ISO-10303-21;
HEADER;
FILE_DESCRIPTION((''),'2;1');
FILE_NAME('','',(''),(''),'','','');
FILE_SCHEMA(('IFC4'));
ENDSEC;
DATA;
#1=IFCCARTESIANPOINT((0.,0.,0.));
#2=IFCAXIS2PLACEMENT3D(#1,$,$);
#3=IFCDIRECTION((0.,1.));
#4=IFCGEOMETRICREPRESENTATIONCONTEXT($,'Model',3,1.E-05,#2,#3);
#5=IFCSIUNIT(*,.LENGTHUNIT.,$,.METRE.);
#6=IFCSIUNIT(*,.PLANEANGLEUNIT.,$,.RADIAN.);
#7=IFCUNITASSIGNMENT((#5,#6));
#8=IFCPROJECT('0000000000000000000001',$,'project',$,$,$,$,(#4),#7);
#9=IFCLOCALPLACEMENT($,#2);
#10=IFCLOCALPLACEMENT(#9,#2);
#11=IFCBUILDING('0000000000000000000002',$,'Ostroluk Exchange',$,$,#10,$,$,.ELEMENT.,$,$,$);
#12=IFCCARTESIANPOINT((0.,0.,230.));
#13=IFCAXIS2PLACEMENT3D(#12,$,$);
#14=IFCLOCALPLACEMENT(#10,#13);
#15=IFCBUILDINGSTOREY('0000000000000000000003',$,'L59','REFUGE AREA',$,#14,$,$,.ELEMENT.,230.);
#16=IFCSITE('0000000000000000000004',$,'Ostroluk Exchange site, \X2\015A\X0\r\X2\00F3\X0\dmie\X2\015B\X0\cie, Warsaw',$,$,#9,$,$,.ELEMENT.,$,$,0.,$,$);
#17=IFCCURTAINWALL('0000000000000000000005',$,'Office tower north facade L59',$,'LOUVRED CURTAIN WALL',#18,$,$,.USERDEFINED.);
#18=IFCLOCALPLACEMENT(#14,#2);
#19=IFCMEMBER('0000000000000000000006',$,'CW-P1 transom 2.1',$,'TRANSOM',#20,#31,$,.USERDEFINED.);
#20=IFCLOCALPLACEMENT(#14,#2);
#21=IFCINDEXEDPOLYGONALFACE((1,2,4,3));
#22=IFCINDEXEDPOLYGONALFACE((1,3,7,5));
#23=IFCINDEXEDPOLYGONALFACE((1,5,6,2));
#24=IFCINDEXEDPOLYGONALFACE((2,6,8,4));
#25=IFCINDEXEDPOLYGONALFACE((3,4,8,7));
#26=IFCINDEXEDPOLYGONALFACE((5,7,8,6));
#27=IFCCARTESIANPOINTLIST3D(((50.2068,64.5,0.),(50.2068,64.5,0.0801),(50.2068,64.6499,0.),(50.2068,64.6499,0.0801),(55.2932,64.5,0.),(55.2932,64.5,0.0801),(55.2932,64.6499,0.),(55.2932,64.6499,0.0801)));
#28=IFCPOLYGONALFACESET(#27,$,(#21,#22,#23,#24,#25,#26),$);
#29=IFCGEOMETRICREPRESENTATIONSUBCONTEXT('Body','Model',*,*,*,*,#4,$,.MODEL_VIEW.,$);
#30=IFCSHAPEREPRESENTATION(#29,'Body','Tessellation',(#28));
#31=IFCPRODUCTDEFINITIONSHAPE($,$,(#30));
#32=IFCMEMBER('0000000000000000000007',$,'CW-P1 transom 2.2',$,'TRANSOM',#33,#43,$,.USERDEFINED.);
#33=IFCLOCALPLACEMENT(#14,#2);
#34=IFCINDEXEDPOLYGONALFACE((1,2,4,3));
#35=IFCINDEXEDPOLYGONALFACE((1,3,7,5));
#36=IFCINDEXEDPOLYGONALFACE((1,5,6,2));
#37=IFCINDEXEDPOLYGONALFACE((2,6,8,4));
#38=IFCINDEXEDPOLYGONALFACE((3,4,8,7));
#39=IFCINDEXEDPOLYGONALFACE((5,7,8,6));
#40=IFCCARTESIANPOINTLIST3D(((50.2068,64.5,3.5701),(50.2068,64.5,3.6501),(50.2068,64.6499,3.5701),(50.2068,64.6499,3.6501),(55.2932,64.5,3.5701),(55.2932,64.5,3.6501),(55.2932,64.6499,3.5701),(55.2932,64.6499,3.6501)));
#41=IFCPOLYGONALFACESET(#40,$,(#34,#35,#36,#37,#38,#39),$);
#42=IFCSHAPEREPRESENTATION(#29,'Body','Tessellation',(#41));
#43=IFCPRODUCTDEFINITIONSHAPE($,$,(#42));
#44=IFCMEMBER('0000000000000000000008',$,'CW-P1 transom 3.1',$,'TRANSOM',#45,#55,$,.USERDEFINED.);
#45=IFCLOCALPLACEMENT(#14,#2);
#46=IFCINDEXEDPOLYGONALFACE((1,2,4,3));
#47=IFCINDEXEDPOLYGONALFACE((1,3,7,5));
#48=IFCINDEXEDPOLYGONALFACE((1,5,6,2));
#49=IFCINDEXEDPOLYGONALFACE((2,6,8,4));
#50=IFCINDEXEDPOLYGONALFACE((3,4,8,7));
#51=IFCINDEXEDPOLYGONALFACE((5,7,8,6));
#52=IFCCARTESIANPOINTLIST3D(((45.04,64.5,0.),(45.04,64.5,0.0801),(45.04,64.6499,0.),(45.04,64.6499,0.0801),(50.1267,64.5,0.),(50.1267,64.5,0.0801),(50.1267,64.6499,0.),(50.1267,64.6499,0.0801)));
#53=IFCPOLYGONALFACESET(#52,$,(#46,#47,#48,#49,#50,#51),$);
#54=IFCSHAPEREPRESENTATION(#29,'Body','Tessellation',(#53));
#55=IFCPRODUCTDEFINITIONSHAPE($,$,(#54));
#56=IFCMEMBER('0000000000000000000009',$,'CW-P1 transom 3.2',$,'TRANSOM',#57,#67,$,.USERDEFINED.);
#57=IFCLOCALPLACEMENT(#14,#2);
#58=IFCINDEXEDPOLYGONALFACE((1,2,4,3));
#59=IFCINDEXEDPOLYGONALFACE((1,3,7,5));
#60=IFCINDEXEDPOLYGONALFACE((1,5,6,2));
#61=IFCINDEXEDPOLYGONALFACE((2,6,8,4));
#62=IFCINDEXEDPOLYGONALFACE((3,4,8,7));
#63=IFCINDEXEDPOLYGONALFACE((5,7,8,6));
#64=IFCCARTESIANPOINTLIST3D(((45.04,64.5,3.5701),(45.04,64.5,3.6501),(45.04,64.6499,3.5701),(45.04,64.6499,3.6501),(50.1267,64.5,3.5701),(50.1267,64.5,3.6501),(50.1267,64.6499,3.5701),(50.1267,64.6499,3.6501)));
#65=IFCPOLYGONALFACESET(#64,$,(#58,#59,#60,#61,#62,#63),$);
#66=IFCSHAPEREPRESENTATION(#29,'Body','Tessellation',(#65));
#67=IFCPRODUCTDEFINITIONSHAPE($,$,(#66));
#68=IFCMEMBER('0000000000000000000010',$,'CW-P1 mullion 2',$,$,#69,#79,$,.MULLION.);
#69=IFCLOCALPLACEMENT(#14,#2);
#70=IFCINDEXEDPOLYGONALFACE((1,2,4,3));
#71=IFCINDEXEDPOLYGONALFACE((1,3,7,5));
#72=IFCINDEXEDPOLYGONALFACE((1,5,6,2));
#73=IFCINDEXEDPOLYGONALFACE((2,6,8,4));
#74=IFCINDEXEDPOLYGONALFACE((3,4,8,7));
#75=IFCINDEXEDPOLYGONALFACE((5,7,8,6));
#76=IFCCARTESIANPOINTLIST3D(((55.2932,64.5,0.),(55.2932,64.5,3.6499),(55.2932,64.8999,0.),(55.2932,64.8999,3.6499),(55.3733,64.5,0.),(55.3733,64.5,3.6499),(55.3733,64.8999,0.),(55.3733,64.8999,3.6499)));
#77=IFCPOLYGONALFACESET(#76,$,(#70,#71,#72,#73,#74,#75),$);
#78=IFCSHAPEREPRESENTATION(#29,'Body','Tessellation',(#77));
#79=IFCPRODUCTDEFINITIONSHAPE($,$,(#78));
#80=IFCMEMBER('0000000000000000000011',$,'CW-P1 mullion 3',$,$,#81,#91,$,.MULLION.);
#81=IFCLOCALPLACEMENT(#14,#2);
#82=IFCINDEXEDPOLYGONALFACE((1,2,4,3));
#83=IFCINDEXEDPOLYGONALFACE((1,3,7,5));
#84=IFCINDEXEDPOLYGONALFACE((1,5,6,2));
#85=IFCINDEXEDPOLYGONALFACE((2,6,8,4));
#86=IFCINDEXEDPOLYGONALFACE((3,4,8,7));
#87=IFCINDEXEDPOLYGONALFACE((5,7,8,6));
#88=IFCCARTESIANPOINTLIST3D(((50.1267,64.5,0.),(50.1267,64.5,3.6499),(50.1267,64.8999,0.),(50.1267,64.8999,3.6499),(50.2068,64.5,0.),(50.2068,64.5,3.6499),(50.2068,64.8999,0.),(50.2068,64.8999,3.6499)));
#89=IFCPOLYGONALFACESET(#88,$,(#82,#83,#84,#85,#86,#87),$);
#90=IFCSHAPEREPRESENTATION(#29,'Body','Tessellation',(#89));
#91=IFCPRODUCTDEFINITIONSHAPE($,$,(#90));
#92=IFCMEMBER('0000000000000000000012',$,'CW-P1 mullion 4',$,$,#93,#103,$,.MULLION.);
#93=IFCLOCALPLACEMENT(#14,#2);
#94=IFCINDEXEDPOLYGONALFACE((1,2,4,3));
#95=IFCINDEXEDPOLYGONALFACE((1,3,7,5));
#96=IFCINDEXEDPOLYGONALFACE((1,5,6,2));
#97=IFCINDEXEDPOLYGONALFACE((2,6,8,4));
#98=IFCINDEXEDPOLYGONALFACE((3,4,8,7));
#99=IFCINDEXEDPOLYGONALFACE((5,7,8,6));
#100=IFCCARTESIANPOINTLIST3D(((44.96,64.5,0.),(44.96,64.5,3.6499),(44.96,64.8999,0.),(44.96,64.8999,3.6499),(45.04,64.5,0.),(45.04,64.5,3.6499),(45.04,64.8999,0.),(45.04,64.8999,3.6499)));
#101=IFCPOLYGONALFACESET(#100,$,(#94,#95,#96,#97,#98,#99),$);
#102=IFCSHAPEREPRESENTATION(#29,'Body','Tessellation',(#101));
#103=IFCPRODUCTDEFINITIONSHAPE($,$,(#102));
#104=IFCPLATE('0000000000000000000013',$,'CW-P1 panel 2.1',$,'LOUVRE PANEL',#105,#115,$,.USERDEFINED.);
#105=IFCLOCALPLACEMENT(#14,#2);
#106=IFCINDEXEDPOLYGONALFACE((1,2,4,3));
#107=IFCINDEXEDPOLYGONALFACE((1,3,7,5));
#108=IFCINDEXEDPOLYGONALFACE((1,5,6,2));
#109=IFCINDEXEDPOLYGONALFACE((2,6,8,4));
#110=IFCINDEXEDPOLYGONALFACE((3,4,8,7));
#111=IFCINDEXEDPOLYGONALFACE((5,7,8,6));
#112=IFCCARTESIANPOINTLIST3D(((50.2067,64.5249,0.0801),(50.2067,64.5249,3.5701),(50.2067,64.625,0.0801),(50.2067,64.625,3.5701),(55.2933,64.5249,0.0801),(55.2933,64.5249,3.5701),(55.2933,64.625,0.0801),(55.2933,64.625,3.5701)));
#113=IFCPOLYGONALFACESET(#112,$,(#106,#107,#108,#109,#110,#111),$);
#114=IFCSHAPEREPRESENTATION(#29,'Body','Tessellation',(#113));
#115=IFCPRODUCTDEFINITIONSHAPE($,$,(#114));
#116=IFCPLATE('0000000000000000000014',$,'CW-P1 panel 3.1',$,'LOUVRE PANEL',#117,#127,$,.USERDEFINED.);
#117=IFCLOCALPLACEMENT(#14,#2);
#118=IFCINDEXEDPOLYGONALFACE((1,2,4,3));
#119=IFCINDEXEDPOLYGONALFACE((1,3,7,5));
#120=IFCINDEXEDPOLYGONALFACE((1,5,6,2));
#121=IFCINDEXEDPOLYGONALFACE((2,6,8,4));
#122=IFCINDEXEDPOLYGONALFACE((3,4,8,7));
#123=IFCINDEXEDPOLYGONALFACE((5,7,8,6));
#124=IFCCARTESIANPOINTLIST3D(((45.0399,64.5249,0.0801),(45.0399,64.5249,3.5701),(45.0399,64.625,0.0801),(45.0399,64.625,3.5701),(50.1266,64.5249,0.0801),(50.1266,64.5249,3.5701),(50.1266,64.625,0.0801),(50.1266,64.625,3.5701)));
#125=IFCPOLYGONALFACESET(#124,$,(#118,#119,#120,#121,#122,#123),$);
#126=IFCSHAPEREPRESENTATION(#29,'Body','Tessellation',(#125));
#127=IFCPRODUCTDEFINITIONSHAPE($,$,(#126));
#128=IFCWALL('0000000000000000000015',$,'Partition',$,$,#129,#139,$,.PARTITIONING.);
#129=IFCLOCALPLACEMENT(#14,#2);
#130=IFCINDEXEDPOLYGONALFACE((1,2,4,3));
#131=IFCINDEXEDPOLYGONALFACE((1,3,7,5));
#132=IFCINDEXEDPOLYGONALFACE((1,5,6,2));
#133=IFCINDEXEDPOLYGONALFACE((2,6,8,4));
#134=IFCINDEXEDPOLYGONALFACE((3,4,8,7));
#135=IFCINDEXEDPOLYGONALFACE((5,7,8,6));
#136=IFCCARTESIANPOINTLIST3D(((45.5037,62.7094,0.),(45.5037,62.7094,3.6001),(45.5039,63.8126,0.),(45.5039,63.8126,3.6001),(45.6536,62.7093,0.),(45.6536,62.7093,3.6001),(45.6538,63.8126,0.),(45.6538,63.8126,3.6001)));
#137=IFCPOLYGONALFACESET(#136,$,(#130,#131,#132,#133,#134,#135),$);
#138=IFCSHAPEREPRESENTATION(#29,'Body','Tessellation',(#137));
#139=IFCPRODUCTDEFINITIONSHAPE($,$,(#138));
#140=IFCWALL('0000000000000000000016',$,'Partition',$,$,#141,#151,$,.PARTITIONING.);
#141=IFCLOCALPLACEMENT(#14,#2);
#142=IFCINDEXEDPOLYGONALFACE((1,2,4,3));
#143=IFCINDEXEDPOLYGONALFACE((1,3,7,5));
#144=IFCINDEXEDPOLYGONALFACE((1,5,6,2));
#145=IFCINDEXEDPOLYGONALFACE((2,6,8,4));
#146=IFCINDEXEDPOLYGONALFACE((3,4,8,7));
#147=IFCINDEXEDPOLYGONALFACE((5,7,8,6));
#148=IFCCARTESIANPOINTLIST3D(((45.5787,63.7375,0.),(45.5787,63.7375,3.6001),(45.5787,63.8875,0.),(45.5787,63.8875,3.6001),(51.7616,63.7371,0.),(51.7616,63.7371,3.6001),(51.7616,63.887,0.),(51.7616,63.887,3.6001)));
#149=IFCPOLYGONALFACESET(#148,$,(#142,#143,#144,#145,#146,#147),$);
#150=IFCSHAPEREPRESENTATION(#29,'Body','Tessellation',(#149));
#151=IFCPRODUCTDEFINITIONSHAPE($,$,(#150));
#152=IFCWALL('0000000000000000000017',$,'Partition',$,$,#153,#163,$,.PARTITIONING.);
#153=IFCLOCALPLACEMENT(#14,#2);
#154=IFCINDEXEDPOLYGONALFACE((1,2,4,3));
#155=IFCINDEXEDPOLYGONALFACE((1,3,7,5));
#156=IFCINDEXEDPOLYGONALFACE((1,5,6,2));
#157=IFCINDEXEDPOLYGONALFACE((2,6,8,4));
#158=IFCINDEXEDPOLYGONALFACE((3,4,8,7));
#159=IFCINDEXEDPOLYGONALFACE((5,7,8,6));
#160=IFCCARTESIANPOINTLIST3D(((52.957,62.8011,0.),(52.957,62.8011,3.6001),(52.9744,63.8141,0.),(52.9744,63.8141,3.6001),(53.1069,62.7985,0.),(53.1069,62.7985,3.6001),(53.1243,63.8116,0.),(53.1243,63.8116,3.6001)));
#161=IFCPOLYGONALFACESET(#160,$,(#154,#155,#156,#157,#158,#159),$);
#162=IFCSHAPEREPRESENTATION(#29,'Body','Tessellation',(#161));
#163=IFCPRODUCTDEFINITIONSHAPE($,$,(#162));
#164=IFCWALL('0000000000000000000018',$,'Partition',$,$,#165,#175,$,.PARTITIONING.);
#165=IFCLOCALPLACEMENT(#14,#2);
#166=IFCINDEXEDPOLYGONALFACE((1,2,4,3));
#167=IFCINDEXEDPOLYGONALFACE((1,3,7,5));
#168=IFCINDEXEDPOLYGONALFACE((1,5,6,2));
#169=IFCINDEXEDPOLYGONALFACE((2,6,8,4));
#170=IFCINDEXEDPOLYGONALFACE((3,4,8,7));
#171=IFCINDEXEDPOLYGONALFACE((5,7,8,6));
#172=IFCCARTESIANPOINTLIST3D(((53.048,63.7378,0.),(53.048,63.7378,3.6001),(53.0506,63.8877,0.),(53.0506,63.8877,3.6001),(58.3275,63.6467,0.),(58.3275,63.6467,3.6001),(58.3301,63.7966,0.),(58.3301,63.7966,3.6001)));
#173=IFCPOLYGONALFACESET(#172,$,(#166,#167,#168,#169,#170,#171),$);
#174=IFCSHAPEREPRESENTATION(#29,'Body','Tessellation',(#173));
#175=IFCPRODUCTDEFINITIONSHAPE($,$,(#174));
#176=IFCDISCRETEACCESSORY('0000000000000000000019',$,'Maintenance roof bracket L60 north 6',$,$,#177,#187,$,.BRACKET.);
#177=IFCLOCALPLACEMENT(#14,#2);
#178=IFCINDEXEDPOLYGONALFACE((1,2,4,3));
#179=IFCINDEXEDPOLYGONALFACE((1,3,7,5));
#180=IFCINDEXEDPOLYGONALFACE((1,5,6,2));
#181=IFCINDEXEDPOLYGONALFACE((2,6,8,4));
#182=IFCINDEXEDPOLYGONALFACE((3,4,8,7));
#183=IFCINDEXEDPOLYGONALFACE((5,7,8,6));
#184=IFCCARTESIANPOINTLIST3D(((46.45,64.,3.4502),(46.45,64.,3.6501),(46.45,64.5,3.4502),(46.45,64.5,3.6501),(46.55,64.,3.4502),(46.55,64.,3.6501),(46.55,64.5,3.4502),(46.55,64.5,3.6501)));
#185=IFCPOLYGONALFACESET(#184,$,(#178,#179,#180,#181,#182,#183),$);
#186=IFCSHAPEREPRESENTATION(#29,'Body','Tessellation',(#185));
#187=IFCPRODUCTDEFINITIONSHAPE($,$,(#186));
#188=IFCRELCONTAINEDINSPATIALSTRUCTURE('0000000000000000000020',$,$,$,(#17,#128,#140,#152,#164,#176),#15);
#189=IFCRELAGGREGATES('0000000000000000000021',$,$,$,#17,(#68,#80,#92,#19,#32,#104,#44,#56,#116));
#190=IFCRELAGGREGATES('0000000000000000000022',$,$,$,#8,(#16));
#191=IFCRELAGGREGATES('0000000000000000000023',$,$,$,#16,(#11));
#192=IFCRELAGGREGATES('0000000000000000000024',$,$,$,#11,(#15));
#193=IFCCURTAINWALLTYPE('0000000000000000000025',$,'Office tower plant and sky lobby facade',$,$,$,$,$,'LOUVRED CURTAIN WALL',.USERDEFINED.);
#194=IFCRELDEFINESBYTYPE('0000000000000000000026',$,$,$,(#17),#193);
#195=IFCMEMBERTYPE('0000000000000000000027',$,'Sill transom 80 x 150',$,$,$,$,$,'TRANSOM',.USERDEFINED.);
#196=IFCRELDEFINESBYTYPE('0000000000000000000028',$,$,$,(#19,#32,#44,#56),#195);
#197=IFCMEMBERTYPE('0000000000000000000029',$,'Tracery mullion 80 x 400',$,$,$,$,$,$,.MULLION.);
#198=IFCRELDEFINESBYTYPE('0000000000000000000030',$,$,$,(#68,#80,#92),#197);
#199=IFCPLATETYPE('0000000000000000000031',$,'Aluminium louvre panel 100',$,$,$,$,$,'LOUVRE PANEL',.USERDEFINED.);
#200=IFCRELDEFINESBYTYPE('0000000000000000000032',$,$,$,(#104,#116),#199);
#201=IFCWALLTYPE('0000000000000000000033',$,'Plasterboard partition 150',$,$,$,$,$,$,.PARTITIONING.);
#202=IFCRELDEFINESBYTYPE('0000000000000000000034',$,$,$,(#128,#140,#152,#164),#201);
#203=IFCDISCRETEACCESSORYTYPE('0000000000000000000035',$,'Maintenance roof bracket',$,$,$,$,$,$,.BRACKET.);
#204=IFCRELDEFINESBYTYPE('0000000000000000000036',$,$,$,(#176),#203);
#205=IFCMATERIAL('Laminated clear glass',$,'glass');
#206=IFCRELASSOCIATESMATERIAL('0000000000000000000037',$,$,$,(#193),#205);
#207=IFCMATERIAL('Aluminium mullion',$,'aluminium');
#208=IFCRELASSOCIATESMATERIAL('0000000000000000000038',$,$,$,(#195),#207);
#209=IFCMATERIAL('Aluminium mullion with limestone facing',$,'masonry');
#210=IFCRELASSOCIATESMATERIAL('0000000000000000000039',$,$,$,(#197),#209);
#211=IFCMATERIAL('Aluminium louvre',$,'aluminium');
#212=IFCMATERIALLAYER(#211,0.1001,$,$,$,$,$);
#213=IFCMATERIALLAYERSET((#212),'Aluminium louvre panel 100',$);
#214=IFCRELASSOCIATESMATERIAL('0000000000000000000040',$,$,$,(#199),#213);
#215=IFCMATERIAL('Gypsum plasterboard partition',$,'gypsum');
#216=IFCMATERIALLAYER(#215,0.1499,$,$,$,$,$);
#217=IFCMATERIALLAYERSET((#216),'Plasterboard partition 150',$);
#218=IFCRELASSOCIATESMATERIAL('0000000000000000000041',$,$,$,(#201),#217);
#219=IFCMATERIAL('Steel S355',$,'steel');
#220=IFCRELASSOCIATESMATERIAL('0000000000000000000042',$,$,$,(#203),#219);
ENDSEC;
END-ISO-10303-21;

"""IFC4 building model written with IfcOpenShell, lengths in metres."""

from ifc_helpers import new_model, si_unit, direction, frame, frame_2d, origin, origin_2d, place, context, subcontext, project, spatial, rectangle, extrude, material, layer, layer_set, material_profile, profile_set, type_object, element, aggregate, save


model = new_model("IFC4")

# Units and contexts
model_context = context("Model", 3, precision=1e-05, world=origin(), true_north=direction((0.0, 1.0)))
body_context = subcontext(model_context, "Body", "Model", "MODEL_VIEW")
ifc_project = project(units=[si_unit("LENGTHUNIT", "METRE"), si_unit("PLANEANGLEUNIT", "RADIAN")], contexts=[model_context])

# Site, building, storey
site_placement = place(None, origin())
site = spatial("IfcSite", under=ifc_project, at=site_placement, Name="Ostroluk Exchange site, Śródmieście, Warsaw", CompositionType="ELEMENT", RefElevation=0.0)
building_placement = place(site_placement, origin())
building = spatial("IfcBuilding", under=site, at=building_placement, Name="Ostroluk Exchange", CompositionType="ELEMENT")
storey_placement = place(building_placement, frame((0.0, 0.0, 230.0)))
storey = spatial("IfcBuildingStorey", under=building, at=storey_placement, Name="L59", Description="REFUGE AREA", CompositionType="ELEMENT", Elevation=230.0)

# Curtain wall, members, plates
ifc_material_1 = material(Name="Laminated clear glass", Category="glass")
curtain_wall_type = type_object("IfcCurtainWallType", Name="Office tower plant and sky lobby facade", ElementType="LOUVRED CURTAIN WALL", PredefinedType="USERDEFINED", material=ifc_material_1)
curtain_wall_placement = place(storey_placement, origin())
curtain_wall = element("IfcCurtainWall", 1, at=curtain_wall_placement, inside=storey, type_object=curtain_wall_type, Name="Office tower north facade L59", ObjectType="LOUVRED CURTAIN WALL", PredefinedType="USERDEFINED")
ifc_material_2 = material(Name="Aluminium mullion", Category="aluminium")
ifc_material_profile_1 = material_profile(ifc_material_2, rectangle(XDim=0.1499, YDim=0.0801, at=origin_2d()), Name="Sill transom 80 x 150")
ifc_profile_set_1 = profile_set([ifc_material_profile_1], Name="Aluminium mullion")
member_type_1 = type_object("IfcMemberType", Name="Sill transom 80 x 150", ElementType="TRANSOM", PredefinedType="USERDEFINED", material=ifc_profile_set_1)
member_1_placement = place(storey_placement, frame((55.2932, 64.575, 0.04), z_axis=(-1.0, 0.0, 0.0), x_axis=(0.0, -1.0, 0.0)))
member_1 = element("IfcMember", 2, at=member_1_placement, type_object=member_type_1, Name="CW-P1 transom 2.1", ObjectType="TRANSOM", PredefinedType="USERDEFINED", context=body_context, shape_type="SweptSolid", body=[
    extrude(rectangle(XDim=0.1499, YDim=0.0801, at=origin_2d()), origin(), (0.0, 0.0, 1.0), 5.0864),
])
member_2_placement = place(storey_placement, frame((55.2932, 64.575, 3.6101), z_axis=(-1.0, 0.0, 0.0), x_axis=(0.0, -1.0, 0.0)))
member_2 = element("IfcMember", 3, at=member_2_placement, type_object=member_type_1, Name="CW-P1 transom 2.2", ObjectType="TRANSOM", PredefinedType="USERDEFINED", context=body_context, shape_type="SweptSolid", body=[
    extrude(rectangle(XDim=0.1499, YDim=0.0801, at=origin_2d()), origin(), (0.0, 0.0, 1.0), 5.0864),
])
member_3_placement = place(storey_placement, frame((50.1267, 64.575, 0.04), z_axis=(-1.0, 0.0, 0.0), x_axis=(0.0, -1.0, 0.0)))
member_3 = element("IfcMember", 4, at=member_3_placement, type_object=member_type_1, Name="CW-P1 transom 3.1", ObjectType="TRANSOM", PredefinedType="USERDEFINED", context=body_context, shape_type="SweptSolid", body=[
    extrude(rectangle(XDim=0.1499, YDim=0.0801, at=origin_2d()), origin(), (0.0, 0.0, 1.0), 5.0867),
])
member_4_placement = place(storey_placement, frame((50.1267, 64.575, 3.6101), z_axis=(-1.0, 0.0, 0.0), x_axis=(0.0, -1.0, 0.0)))
member_4 = element("IfcMember", 5, at=member_4_placement, type_object=member_type_1, Name="CW-P1 transom 3.2", ObjectType="TRANSOM", PredefinedType="USERDEFINED", context=body_context, shape_type="SweptSolid", body=[
    extrude(rectangle(XDim=0.1499, YDim=0.0801, at=origin_2d()), origin(), (0.0, 0.0, 1.0), 5.0867),
])
ifc_material_3 = material(Name="Aluminium mullion with limestone facing", Category="masonry")
ifc_material_profile_2 = material_profile(ifc_material_3, rectangle(XDim=0.3999, YDim=0.0801, at=origin_2d()), Name="Tracery mullion 80 x 400")
ifc_profile_set_2 = profile_set([ifc_material_profile_2], Name="Aluminium mullion with limestone facing")
member_type_2 = type_object("IfcMemberType", Name="Tracery mullion 80 x 400", PredefinedType="MULLION", material=ifc_profile_set_2)
member_5_placement = place(storey_placement, frame((55.3333, 64.7, 0.0), z_axis=(0.0, 0.0, 1.0), x_axis=(0.0, -1.0, 0.0)))
member_5 = element("IfcMember", 6, at=member_5_placement, type_object=member_type_2, Name="CW-P1 mullion 2", PredefinedType="MULLION", context=body_context, shape_type="SweptSolid", body=[
    extrude(rectangle(XDim=0.3999, YDim=0.0801, at=origin_2d()), origin(), (0.0, 0.0, 1.0), 3.6499),
])
member_6_placement = place(storey_placement, frame((50.1667, 64.7, 0.0), z_axis=(0.0, 0.0, 1.0), x_axis=(0.0, -1.0, 0.0)))
member_6 = element("IfcMember", 7, at=member_6_placement, type_object=member_type_2, Name="CW-P1 mullion 3", PredefinedType="MULLION", context=body_context, shape_type="SweptSolid", body=[
    extrude(rectangle(XDim=0.3999, YDim=0.0801, at=origin_2d()), origin(), (0.0, 0.0, 1.0), 3.6499),
])
member_7_placement = place(storey_placement, frame((45.0, 64.7, 0.0), z_axis=(0.0, 0.0, 1.0), x_axis=(0.0, -1.0, 0.0)))
member_7 = element("IfcMember", 8, at=member_7_placement, type_object=member_type_2, Name="CW-P1 mullion 4", PredefinedType="MULLION", context=body_context, shape_type="SweptSolid", body=[
    extrude(rectangle(XDim=0.3999, YDim=0.0801, at=origin_2d()), origin(), (0.0, 0.0, 1.0), 3.6499),
])
ifc_material_4 = material(Name="Aluminium louvre", Category="aluminium")
ifc_layer_1 = layer(ifc_material_4, 0.1001)
ifc_layer_set_1 = layer_set([ifc_layer_1], Name="Aluminium louvre panel 100")
plate_type = type_object("IfcPlateType", Name="Aluminium louvre panel 100", ElementType="LOUVRE PANEL", PredefinedType="USERDEFINED", material=ifc_layer_set_1)
plate_1_placement = place(storey_placement, frame((52.75, 64.575, 0.0801), z_axis=(0.0, 0.0, 1.0), x_axis=(-1.0, 0.0, 0.0)))
plate_1 = element("IfcPlate", 9, at=plate_1_placement, type_object=plate_type, Name="CW-P1 panel 2.1", ObjectType="LOUVRE PANEL", PredefinedType="USERDEFINED", context=body_context, shape_type="SweptSolid", body=[
    extrude(rectangle(XDim=5.0867, YDim=0.1001, at=origin_2d()), origin(), (0.0, 0.0, 1.0), 3.49),
])
plate_2_placement = place(storey_placement, frame((47.5833, 64.575, 0.0801), z_axis=(0.0, 0.0, 1.0), x_axis=(-1.0, 0.0, 0.0)))
plate_2 = element("IfcPlate", 10, at=plate_2_placement, type_object=plate_type, Name="CW-P1 panel 3.1", ObjectType="LOUVRE PANEL", PredefinedType="USERDEFINED", context=body_context, shape_type="SweptSolid", body=[
    extrude(rectangle(XDim=5.0867, YDim=0.1001, at=origin_2d()), origin(), (0.0, 0.0, 1.0), 3.49),
])
aggregate(curtain_wall, [member_5, member_6, member_7, member_1, member_2, plate_1, member_3, member_4, plate_2])

# Walls
ifc_material_5 = material(Name="Gypsum plasterboard partition", Category="gypsum")
ifc_layer_2 = layer(ifc_material_5, 0.1499)
ifc_layer_set_2 = layer_set([ifc_layer_2], Name="Plasterboard partition 150")
wall_type = type_object("IfcWallType", Name="Plasterboard partition 150", PredefinedType="PARTITIONING", material=ifc_layer_set_2)
wall_1_placement = place(storey_placement, frame((45.5786, 62.7092, 0.0), z_axis=(0.0, 0.0, 1.0), x_axis=(0.000221, 1.0, 0.0)))
element("IfcWall", 11, at=wall_1_placement, inside=storey, type_object=wall_type, Name="Partition", PredefinedType="PARTITIONING", context=body_context, shape_type="SweptSolid", body=[
    extrude(rectangle(XDim=1.1033, YDim=0.1499, at=frame_2d((0.5518, 0.0))), origin(), (0.0, 0.0, 1.0), 3.6001),
])
wall_2_placement = place(storey_placement, frame((45.5789, 63.8125, 0.0), z_axis=(0.0, 0.0, 1.0), x_axis=(1.0, -0.000079, 0.0)))
element("IfcWall", 12, at=wall_2_placement, inside=storey, type_object=wall_type, Name="Partition", PredefinedType="PARTITIONING", context=body_context, shape_type="SweptSolid", body=[
    extrude(rectangle(XDim=6.1829, YDim=0.1499, at=frame_2d((3.0913, 0.0))), origin(), (0.0, 0.0, 1.0), 3.6001),
])
wall_3_placement = place(storey_placement, frame((53.032, 62.7998, 0.0), z_axis=(0.0, 0.0, 1.0), x_axis=(0.01711, 0.999854, 0.0)))
element("IfcWall", 13, at=wall_3_placement, inside=storey, type_object=wall_type, Name="Partition", PredefinedType="PARTITIONING", context=body_context, shape_type="SweptSolid", body=[
    extrude(rectangle(XDim=1.0132, YDim=0.1499, at=frame_2d((0.5066, 0.0))), origin(), (0.0, 0.0, 1.0), 3.6001),
])
wall_4_placement = place(storey_placement, frame((53.0493, 63.8127, 0.0), z_axis=(0.0, 0.0, 1.0), x_axis=(0.999851, -0.017246, 0.0)))
element("IfcWall", 14, at=wall_4_placement, inside=storey, type_object=wall_type, Name="Partition", PredefinedType="PARTITIONING", context=body_context, shape_type="SweptSolid", body=[
    extrude(rectangle(XDim=5.2803, YDim=0.1499, at=frame_2d((2.6401, 0.0))), origin(), (0.0, 0.0, 1.0), 3.6001),
])

# Discrete accessory
ifc_material_6 = material(Name="Steel S355", Category="steel")
discrete_accessory_type = type_object("IfcDiscreteAccessoryType", Name="Maintenance roof bracket", PredefinedType="BRACKET", material=ifc_material_6)
for number, where, z_axis, x_axis, name in (
    (15, (46.5, 64.25, 3.4502), (0.0, 0.0, 1.0), (1.0, 0.0, 0.0), "Maintenance roof bracket L60 north 6"),
):
    element("IfcDiscreteAccessory", number, at=place(storey_placement, frame(where, z_axis=z_axis, x_axis=x_axis)), inside=storey, type_object=discrete_accessory_type, Name=name, PredefinedType="BRACKET", context=body_context, shape_type="SweptSolid", body=[
        extrude(rectangle(XDim=0.1001, YDim=0.5, at=origin_2d()), origin(), (0.0, 0.0, 1.0), 0.2),
    ])

save(model, "model.ifc")
